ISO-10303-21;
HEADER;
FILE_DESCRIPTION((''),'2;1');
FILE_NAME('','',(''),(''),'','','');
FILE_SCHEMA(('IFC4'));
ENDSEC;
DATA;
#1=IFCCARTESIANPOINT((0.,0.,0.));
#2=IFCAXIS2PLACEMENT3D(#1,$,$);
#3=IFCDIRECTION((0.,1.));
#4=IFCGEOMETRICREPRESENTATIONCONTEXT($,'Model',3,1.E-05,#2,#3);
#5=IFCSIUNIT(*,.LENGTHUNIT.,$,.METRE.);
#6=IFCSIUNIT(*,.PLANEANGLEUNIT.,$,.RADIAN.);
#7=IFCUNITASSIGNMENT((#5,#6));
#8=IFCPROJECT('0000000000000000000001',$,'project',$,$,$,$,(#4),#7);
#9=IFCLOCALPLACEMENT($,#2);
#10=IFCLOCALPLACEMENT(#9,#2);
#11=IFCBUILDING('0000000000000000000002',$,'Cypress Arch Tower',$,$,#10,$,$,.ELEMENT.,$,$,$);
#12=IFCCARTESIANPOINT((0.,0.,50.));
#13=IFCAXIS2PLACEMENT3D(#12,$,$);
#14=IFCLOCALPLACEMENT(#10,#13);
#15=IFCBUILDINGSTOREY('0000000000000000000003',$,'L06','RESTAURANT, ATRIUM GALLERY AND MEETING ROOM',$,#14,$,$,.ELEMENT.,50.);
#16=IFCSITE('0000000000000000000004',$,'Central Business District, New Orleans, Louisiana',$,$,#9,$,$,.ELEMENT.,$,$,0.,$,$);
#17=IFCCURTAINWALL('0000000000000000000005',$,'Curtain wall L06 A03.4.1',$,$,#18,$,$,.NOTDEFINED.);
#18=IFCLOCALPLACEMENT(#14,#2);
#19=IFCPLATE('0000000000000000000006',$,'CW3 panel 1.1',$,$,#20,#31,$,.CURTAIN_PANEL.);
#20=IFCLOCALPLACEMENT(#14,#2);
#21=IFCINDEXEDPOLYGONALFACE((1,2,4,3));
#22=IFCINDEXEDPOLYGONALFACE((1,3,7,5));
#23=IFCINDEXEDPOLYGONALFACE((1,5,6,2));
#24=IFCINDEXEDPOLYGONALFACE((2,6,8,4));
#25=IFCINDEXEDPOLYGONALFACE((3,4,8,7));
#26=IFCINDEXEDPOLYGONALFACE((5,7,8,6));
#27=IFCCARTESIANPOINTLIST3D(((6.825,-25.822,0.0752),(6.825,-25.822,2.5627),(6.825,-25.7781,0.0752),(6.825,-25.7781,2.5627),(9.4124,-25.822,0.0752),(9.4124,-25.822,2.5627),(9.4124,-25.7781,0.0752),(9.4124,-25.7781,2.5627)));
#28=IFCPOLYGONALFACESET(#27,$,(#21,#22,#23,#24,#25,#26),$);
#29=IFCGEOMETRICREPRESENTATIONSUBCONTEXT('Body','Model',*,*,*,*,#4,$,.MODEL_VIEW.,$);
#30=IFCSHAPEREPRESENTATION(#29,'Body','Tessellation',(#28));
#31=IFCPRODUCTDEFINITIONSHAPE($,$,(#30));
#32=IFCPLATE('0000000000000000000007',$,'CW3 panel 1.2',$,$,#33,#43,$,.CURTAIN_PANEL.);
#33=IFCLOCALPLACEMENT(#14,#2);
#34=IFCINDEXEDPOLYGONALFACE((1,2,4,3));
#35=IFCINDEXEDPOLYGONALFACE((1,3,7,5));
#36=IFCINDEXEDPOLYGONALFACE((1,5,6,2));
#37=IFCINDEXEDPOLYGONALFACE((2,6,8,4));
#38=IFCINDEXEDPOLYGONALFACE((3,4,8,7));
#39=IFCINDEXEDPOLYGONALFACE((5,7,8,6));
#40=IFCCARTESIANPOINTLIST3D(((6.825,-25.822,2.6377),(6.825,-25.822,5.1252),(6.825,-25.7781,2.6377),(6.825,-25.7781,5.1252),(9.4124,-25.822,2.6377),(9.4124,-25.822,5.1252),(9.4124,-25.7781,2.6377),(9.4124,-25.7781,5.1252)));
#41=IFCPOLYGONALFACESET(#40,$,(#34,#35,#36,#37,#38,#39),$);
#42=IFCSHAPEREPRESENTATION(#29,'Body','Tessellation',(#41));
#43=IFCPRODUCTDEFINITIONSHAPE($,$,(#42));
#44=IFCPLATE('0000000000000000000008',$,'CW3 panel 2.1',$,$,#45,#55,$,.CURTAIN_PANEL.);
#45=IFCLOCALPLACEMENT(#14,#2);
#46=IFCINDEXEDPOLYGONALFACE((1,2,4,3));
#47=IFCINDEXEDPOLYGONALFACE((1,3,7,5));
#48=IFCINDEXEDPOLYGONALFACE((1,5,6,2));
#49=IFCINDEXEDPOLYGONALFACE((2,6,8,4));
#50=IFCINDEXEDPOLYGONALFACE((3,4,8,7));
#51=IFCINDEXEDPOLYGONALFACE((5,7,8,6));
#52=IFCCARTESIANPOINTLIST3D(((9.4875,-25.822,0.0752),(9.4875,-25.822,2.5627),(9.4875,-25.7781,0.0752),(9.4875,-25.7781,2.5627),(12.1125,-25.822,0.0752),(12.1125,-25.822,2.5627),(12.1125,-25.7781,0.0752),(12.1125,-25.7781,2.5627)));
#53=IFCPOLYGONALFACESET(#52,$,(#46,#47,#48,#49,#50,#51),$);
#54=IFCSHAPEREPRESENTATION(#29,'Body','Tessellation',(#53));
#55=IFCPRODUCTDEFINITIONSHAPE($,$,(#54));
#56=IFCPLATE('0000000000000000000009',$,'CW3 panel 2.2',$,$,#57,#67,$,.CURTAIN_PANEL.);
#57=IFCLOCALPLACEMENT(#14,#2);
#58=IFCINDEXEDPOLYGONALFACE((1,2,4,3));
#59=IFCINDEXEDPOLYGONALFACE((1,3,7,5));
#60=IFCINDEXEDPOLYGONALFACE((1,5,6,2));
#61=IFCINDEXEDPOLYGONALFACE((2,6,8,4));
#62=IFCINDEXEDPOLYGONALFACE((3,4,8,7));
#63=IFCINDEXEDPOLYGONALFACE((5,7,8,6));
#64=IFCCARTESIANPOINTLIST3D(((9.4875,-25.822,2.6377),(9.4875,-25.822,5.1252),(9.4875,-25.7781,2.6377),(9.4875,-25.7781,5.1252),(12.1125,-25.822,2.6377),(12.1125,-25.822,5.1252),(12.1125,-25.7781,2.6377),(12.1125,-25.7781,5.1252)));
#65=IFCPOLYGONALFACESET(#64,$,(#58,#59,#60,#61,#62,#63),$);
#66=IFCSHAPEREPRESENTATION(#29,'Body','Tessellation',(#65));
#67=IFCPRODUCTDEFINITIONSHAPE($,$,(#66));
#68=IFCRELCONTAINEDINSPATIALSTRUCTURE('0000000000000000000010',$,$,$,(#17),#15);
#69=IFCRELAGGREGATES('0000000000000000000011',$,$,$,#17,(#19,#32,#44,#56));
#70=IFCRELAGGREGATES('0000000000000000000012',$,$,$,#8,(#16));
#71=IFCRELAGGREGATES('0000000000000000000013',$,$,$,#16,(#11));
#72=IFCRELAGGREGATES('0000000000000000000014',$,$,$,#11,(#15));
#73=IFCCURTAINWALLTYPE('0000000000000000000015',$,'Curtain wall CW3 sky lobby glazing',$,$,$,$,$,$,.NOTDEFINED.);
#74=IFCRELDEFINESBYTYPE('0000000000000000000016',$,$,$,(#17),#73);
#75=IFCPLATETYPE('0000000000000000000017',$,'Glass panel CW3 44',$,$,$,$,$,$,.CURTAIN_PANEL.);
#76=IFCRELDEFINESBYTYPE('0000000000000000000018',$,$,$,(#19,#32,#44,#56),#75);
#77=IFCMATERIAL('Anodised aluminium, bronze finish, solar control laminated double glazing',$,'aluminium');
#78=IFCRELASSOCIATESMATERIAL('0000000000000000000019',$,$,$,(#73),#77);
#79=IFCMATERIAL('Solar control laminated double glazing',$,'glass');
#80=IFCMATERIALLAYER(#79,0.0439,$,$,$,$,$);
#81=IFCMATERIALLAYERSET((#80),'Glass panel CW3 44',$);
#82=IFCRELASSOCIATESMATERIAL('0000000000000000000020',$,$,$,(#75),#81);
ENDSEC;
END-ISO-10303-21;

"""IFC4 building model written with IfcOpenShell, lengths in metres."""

from ifc_helpers import new_model, si_unit, direction, frame, origin, origin_2d, place, context, subcontext, project, spatial, rectangle, extrude, material, layer, layer_set, type_object, element, aggregate, save


model = new_model("IFC4")

# Units and contexts
model_context = context("Model", 3, precision=1e-05, world=origin(), true_north=direction((0.0, 1.0)))
body_context = subcontext(model_context, "Body", "Model", "MODEL_VIEW")
ifc_project = project(units=[si_unit("LENGTHUNIT", "METRE"), si_unit("PLANEANGLEUNIT", "RADIAN")], contexts=[model_context])

# Site, building, storey
site_placement = place(None, origin())
site = spatial("IfcSite", under=ifc_project, at=site_placement, Name="Central Business District, New Orleans, Louisiana", CompositionType="ELEMENT", RefElevation=0.0)
building_placement = place(site_placement, origin())
building = spatial("IfcBuilding", under=site, at=building_placement, Name="Cypress Arch Tower", CompositionType="ELEMENT")
storey_placement = place(building_placement, frame((0.0, 0.0, 50.0)))
storey = spatial("IfcBuildingStorey", under=building, at=storey_placement, Name="L06", Description="RESTAURANT, ATRIUM GALLERY AND MEETING ROOM", CompositionType="ELEMENT", Elevation=50.0)

# Shared definitions
ifc_material_1 = material(Name="Anodised aluminium, bronze finish, solar control laminated double glazing", Category="aluminium")
curtain_wall_type = type_object("IfcCurtainWallType", Name="Curtain wall CW3 sky lobby glazing", PredefinedType="NOTDEFINED", material=ifc_material_1)

# Curtain wall
curtain_wall_1_placement = place(storey_placement, origin())
curtain_wall_1 = element("IfcCurtainWall", 1, at=curtain_wall_1_placement, inside=storey, type_object=curtain_wall_type, Name="Curtain wall L06 A03.4.1", PredefinedType="NOTDEFINED")

# Plates
ifc_material_2 = material(Name="Solar control laminated double glazing", Category="glass")
ifc_layer = layer(ifc_material_2, 0.0439)
ifc_layer_set = layer_set([ifc_layer], Name="Glass panel CW3 44")
plate_type = type_object("IfcPlateType", Name="Glass panel CW3 44", PredefinedType="CURTAIN_PANEL", material=ifc_layer_set)
plate_1_placement = place(storey_placement, frame((8.1187, -25.8, 0.0752), z_axis=(0.0, 0.0, 1.0), x_axis=(1.0, 0.0, 0.0)))
plate_1 = element("IfcPlate", 2, at=plate_1_placement, type_object=plate_type, Name="CW3 panel 1.1", PredefinedType="CURTAIN_PANEL", context=body_context, shape_type="SweptSolid", body=[
    extrude(rectangle(XDim=2.5874, YDim=0.0439, at=origin_2d()), origin(), (0.0, 0.0, 1.0), 2.4875),
])
plate_2_placement = place(storey_placement, frame((8.1187, -25.8, 2.6377), z_axis=(0.0, 0.0, 1.0), x_axis=(1.0, 0.0, 0.0)))
plate_2 = element("IfcPlate", 3, at=plate_2_placement, type_object=plate_type, Name="CW3 panel 1.2", PredefinedType="CURTAIN_PANEL", context=body_context, shape_type="SweptSolid", body=[
    extrude(rectangle(XDim=2.5874, YDim=0.0439, at=origin_2d()), origin(), (0.0, 0.0, 1.0), 2.4875),
])
plate_3_placement = place(storey_placement, frame((10.8, -25.8, 0.0752), z_axis=(0.0, 0.0, 1.0), x_axis=(1.0, 0.0, 0.0)))
plate_3 = element("IfcPlate", 4, at=plate_3_placement, type_object=plate_type, Name="CW3 panel 2.1", PredefinedType="CURTAIN_PANEL", context=body_context, shape_type="SweptSolid", body=[
    extrude(rectangle(XDim=2.625, YDim=0.0439, at=origin_2d()), origin(), (0.0, 0.0, 1.0), 2.4875),
])
plate_4_placement = place(storey_placement, frame((10.8, -25.8, 2.6377), z_axis=(0.0, 0.0, 1.0), x_axis=(1.0, 0.0, 0.0)))
plate_4 = element("IfcPlate", 5, at=plate_4_placement, type_object=plate_type, Name="CW3 panel 2.2", PredefinedType="CURTAIN_PANEL", context=body_context, shape_type="SweptSolid", body=[
    extrude(rectangle(XDim=2.625, YDim=0.0439, at=origin_2d()), origin(), (0.0, 0.0, 1.0), 2.4875),
])
aggregate(curtain_wall_1, [plate_1, plate_2, plate_3, plate_4])

save(model, "model.ifc")
